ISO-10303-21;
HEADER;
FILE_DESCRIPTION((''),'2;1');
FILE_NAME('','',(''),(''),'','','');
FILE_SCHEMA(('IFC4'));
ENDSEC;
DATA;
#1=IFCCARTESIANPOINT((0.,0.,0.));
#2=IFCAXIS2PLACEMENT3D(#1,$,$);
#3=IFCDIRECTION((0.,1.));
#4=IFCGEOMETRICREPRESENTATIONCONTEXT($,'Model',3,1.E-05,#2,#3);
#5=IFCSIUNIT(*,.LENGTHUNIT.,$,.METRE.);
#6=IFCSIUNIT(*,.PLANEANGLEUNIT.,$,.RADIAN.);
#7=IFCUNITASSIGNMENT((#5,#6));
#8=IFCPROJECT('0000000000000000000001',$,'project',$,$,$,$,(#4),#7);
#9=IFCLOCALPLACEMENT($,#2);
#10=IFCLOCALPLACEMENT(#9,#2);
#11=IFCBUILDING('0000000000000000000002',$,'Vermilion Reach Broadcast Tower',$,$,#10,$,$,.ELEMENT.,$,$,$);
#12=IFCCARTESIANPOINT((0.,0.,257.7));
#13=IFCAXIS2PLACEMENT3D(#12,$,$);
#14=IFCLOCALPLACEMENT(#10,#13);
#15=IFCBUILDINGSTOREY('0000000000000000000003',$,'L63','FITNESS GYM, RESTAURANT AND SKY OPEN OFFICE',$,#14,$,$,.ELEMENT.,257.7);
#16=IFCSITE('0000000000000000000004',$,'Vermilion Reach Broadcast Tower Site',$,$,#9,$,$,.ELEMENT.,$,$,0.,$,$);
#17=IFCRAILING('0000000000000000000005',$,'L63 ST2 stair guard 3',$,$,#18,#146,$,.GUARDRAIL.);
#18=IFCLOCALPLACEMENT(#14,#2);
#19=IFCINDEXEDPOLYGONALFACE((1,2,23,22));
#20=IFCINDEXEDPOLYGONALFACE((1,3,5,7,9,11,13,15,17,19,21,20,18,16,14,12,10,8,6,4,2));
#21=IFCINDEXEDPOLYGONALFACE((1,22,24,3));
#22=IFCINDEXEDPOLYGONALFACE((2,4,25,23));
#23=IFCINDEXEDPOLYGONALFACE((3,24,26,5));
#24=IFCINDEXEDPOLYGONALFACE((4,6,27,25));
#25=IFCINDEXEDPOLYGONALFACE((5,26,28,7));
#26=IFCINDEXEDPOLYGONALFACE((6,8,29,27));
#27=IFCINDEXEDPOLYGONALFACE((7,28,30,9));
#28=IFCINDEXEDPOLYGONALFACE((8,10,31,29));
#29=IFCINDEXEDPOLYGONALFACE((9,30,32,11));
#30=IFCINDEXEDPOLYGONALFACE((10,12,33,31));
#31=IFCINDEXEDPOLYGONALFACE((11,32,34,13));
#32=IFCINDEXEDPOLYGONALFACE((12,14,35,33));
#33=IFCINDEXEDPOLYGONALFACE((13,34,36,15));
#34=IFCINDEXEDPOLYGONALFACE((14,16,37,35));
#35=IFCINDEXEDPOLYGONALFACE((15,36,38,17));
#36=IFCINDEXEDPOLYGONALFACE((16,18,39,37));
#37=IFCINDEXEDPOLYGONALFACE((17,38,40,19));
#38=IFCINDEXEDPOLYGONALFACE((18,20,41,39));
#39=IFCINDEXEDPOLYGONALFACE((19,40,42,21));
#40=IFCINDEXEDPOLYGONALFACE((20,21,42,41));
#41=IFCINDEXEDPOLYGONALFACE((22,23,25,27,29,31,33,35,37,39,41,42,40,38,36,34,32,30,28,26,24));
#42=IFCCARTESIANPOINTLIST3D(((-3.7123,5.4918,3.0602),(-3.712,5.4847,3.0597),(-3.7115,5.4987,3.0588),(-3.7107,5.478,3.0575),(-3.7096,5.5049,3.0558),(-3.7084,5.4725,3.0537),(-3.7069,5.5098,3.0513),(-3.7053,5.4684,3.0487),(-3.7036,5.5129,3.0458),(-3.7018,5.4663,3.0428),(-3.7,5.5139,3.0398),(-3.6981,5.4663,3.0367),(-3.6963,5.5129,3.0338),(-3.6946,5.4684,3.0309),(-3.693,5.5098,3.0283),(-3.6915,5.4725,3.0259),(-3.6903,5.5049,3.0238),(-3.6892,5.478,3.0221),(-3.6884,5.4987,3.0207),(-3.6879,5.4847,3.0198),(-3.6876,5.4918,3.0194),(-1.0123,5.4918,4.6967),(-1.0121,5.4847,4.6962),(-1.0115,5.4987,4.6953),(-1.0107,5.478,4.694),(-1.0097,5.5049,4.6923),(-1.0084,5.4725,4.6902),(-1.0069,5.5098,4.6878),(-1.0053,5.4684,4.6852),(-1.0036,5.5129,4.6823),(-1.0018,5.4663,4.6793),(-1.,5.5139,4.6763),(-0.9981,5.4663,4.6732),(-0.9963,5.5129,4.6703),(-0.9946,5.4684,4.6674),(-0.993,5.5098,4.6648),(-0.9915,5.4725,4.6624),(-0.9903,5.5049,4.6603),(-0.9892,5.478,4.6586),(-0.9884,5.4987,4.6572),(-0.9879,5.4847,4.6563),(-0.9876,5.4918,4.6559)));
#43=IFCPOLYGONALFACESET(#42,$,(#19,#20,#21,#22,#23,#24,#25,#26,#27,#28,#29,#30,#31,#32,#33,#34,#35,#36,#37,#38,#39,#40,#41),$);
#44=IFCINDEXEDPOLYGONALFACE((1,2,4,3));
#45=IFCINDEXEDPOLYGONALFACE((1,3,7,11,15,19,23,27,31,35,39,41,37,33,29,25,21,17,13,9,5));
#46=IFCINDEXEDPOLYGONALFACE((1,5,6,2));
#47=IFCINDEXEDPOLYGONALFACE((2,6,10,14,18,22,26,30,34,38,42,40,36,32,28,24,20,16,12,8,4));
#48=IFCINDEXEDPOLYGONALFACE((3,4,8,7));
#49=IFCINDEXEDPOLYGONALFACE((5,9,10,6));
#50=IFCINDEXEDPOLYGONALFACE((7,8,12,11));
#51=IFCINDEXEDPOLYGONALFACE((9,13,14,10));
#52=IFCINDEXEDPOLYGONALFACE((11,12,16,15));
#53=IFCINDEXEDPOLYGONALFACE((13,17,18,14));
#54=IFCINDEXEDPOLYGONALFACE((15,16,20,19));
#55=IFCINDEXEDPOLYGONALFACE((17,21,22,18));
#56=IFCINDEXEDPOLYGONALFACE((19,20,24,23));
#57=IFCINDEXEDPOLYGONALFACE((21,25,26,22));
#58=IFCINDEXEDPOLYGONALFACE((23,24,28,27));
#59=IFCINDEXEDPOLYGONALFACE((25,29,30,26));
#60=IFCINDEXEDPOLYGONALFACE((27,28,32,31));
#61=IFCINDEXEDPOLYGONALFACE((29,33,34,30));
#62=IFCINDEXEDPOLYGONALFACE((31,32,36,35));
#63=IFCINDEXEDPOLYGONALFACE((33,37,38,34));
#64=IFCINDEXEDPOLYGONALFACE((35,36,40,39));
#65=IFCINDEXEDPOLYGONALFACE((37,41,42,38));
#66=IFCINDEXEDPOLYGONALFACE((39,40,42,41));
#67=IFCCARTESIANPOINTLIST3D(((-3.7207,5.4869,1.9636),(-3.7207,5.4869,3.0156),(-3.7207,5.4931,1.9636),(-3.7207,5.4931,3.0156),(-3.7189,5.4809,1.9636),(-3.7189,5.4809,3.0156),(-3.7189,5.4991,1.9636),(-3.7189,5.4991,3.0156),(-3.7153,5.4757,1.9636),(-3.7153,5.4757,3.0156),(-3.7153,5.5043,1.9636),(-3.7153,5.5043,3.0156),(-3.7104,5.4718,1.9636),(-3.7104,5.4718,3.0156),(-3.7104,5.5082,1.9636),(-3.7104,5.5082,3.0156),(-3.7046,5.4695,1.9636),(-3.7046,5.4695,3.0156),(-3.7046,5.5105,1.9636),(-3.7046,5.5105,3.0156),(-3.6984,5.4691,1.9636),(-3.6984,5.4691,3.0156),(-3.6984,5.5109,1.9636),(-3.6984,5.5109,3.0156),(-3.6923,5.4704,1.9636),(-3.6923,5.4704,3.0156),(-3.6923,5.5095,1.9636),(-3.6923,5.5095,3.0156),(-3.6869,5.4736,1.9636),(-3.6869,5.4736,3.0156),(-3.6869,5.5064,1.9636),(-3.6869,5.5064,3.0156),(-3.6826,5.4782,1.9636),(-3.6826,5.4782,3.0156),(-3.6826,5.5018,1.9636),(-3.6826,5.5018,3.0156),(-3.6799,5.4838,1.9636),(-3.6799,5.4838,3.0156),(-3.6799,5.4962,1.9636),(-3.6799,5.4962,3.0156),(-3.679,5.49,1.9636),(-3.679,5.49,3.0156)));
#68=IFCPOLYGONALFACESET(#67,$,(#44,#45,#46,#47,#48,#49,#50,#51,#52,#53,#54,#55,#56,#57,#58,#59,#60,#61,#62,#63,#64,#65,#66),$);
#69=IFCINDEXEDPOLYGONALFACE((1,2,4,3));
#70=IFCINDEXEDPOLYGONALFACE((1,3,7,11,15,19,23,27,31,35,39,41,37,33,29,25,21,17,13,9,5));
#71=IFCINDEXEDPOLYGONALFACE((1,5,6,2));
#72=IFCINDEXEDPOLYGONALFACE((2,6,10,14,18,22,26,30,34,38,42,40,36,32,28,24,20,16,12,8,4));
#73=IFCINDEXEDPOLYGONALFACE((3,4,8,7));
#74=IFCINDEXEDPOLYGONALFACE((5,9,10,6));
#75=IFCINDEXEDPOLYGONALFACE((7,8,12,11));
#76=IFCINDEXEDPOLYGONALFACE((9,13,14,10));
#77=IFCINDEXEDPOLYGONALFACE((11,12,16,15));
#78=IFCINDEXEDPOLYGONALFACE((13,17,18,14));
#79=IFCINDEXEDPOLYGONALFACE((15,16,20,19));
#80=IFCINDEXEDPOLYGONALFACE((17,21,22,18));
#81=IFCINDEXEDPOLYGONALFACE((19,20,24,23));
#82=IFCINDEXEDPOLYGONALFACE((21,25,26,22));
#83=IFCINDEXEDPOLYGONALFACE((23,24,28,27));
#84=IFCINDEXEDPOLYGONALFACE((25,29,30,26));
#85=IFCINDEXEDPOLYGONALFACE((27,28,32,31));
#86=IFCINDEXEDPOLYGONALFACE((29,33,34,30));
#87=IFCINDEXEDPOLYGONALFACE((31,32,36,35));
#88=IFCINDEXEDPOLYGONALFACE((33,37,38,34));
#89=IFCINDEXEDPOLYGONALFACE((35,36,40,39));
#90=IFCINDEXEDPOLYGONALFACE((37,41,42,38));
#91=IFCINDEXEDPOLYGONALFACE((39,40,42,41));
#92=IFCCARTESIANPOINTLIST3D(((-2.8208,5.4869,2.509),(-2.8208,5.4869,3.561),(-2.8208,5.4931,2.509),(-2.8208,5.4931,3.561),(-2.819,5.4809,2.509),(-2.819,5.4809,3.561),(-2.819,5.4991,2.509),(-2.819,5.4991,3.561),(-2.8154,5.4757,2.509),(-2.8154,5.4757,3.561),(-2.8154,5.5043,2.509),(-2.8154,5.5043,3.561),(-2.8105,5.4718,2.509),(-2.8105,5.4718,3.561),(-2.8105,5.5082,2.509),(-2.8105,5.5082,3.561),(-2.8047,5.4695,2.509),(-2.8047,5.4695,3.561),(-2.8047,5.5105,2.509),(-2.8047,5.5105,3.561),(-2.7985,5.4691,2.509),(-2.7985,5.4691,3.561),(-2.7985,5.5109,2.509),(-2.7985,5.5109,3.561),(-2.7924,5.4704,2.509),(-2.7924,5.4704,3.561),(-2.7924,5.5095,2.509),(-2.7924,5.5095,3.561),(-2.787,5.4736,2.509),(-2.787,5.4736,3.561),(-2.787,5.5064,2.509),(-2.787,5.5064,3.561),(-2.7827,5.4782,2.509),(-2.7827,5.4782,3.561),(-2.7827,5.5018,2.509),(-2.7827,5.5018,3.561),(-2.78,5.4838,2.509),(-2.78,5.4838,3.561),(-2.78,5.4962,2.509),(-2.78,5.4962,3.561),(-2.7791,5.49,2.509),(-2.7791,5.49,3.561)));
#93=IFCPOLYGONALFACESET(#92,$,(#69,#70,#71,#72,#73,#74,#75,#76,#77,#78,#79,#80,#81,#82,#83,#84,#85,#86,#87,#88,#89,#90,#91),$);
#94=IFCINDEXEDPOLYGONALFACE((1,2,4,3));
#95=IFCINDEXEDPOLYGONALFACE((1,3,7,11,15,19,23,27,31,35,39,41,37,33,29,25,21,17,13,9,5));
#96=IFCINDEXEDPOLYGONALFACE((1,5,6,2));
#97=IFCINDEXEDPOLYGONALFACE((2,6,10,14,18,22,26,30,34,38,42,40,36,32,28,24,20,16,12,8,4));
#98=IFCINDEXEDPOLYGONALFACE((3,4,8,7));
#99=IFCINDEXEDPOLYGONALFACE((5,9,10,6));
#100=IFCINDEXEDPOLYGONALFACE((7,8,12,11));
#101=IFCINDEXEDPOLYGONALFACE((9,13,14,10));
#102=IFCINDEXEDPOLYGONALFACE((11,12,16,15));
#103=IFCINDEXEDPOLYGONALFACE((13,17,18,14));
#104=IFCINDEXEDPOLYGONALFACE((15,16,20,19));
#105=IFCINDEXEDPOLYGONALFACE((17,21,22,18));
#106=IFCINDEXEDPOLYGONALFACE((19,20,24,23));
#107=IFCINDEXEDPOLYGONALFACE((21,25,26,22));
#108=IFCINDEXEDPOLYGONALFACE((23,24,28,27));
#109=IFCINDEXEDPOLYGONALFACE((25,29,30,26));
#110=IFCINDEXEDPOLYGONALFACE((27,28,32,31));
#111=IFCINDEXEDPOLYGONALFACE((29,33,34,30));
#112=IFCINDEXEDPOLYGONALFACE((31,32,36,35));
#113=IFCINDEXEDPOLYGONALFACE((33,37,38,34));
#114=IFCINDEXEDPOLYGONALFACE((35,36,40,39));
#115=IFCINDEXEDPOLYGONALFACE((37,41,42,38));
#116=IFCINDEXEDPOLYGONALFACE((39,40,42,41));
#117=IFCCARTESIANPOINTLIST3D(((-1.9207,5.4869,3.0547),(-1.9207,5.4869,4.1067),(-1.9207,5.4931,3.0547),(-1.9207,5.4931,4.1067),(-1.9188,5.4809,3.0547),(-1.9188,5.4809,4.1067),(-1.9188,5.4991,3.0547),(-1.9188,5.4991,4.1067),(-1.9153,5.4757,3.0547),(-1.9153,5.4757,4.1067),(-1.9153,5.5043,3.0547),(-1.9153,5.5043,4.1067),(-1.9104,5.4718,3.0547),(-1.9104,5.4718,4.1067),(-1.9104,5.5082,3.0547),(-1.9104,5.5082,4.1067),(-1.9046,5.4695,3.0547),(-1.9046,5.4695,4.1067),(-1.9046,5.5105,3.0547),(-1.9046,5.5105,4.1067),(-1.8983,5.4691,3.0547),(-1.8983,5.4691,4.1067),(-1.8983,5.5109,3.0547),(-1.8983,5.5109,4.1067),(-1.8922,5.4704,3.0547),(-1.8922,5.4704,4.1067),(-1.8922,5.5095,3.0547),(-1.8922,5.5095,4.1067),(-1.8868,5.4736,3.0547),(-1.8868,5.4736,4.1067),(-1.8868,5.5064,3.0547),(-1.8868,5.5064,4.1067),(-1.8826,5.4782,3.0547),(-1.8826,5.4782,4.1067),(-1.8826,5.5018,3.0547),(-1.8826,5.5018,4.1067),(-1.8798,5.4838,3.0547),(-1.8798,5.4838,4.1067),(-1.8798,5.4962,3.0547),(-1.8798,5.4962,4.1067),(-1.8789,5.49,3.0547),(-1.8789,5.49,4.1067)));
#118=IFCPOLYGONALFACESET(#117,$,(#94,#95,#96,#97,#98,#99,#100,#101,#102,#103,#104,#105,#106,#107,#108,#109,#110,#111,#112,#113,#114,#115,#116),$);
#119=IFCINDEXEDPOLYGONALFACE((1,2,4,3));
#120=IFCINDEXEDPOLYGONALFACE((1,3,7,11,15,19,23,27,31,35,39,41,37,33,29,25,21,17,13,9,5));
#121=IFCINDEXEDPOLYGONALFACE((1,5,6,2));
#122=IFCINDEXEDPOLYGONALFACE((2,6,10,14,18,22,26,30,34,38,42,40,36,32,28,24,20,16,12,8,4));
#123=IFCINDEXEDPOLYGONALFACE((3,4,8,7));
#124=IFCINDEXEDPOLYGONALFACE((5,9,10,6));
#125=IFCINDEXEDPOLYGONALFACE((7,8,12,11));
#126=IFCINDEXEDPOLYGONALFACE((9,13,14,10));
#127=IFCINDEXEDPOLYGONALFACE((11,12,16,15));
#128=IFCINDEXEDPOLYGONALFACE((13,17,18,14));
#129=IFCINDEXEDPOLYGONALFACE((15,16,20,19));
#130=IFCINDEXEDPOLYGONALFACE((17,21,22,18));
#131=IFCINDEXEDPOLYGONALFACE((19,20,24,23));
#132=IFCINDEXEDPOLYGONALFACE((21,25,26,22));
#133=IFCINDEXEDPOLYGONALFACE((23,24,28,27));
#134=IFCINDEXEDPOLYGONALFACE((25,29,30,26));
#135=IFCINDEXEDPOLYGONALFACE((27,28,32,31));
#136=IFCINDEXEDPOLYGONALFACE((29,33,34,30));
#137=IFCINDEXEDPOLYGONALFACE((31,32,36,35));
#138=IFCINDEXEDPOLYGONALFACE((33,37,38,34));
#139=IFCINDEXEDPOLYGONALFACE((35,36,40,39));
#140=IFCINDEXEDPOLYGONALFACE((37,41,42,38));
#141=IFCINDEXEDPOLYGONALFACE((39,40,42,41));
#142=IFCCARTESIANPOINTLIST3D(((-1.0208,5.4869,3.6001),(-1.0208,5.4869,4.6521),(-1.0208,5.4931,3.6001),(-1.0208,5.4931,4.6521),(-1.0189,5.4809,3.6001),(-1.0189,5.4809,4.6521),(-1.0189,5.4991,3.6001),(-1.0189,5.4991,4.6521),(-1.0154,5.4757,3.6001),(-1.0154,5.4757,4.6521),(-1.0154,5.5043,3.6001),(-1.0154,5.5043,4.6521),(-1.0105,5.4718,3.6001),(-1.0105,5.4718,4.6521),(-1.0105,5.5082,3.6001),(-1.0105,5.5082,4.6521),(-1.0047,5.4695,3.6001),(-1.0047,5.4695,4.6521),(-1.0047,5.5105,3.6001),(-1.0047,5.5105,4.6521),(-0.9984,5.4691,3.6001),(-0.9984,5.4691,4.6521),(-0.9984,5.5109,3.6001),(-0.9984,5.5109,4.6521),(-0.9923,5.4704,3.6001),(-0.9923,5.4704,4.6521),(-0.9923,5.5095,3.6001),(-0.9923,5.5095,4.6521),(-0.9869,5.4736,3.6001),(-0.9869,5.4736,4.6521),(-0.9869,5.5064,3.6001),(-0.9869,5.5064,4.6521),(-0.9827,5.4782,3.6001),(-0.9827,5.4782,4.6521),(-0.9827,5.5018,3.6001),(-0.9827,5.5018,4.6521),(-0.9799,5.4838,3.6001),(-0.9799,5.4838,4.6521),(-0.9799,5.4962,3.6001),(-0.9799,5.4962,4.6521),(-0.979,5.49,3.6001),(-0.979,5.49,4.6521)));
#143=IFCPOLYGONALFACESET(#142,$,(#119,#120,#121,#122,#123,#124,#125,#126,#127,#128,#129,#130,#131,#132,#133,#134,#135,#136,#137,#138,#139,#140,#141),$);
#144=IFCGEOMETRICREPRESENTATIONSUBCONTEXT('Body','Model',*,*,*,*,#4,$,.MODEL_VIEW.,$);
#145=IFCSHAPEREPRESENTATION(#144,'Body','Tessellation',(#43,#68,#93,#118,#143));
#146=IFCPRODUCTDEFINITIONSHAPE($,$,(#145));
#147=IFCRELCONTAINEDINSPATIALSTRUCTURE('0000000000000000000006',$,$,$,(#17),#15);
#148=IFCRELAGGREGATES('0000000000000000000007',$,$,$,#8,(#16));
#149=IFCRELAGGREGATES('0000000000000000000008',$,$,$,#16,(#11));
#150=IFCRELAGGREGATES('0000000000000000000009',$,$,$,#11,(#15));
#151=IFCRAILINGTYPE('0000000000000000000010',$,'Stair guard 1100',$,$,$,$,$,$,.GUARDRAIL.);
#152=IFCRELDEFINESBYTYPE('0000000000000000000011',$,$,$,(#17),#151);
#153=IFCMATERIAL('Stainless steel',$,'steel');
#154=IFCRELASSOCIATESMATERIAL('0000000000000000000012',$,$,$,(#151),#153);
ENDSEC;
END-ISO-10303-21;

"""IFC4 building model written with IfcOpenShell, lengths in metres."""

from ifc_helpers import new_model, si_unit, direction, frame, origin, origin_2d, place, context, subcontext, project, spatial, circle, extrude, material, type_object, element, save


model = new_model("IFC4")

# Units and contexts
model_context = context("Model", 3, precision=1e-05, world=origin(), true_north=direction((0.0, 1.0)))
body_context = subcontext(model_context, "Body", "Model", "MODEL_VIEW")
ifc_project = project(units=[si_unit("LENGTHUNIT", "METRE"), si_unit("PLANEANGLEUNIT", "RADIAN")], contexts=[model_context])

# Site, building, storey
site_placement = place(None, origin())
site = spatial("IfcSite", under=ifc_project, at=site_placement, Name="Vermilion Reach Broadcast Tower Site", CompositionType="ELEMENT", RefElevation=0.0)
building_placement = place(site_placement, origin())
building = spatial("IfcBuilding", under=site, at=building_placement, Name="Vermilion Reach Broadcast Tower", CompositionType="ELEMENT")
storey_placement = place(building_placement, frame((0.0, 0.0, 257.7)))
storey = spatial("IfcBuildingStorey", under=building, at=storey_placement, Name="L63", Description="FITNESS GYM, RESTAURANT AND SKY OPEN OFFICE", CompositionType="ELEMENT", Elevation=257.7)

# Railing
ifc_material_1 = material(Name="Stainless steel", Category="steel")
railing_type_1 = type_object("IfcRailingType", Name="Stair guard 1100", PredefinedType="GUARDRAIL", material=ifc_material_1)
railing_1_placement = place(storey_placement, frame((-3.7, 5.49, 1.9636)))
element("IfcRailing", 1, at=railing_1_placement, inside=storey, type_object=railing_type_1, Name="L63 ST2 stair guard 3", PredefinedType="GUARDRAIL", context=body_context, shape_type="SweptSolid", body=[
    extrude(circle(Radius=0.0239, at=origin_2d()), frame((0.0, 0.0, 1.0762), z_axis=(0.855178, 0.0, 0.518334), x_axis=(0.0, 1.0, 0.0)), (0.0, 0.0, 1.0), 3.1572),
    extrude(circle(Radius=0.021, at=origin_2d()), origin(), (0.0, 0.0, 1.0), 1.052),
    extrude(circle(Radius=0.021, at=origin_2d()), frame((0.8999, 0.0, 0.5454)), (0.0, 0.0, 1.0), 1.052),
    extrude(circle(Radius=0.021, at=origin_2d()), frame((1.8, 0.0, 1.0911)), (0.0, 0.0, 1.0), 1.052),
    extrude(circle(Radius=0.021, at=origin_2d()), frame((2.7, 0.0, 1.6365)), (0.0, 0.0, 1.0), 1.052),
])

save(model, "model.ifc")
